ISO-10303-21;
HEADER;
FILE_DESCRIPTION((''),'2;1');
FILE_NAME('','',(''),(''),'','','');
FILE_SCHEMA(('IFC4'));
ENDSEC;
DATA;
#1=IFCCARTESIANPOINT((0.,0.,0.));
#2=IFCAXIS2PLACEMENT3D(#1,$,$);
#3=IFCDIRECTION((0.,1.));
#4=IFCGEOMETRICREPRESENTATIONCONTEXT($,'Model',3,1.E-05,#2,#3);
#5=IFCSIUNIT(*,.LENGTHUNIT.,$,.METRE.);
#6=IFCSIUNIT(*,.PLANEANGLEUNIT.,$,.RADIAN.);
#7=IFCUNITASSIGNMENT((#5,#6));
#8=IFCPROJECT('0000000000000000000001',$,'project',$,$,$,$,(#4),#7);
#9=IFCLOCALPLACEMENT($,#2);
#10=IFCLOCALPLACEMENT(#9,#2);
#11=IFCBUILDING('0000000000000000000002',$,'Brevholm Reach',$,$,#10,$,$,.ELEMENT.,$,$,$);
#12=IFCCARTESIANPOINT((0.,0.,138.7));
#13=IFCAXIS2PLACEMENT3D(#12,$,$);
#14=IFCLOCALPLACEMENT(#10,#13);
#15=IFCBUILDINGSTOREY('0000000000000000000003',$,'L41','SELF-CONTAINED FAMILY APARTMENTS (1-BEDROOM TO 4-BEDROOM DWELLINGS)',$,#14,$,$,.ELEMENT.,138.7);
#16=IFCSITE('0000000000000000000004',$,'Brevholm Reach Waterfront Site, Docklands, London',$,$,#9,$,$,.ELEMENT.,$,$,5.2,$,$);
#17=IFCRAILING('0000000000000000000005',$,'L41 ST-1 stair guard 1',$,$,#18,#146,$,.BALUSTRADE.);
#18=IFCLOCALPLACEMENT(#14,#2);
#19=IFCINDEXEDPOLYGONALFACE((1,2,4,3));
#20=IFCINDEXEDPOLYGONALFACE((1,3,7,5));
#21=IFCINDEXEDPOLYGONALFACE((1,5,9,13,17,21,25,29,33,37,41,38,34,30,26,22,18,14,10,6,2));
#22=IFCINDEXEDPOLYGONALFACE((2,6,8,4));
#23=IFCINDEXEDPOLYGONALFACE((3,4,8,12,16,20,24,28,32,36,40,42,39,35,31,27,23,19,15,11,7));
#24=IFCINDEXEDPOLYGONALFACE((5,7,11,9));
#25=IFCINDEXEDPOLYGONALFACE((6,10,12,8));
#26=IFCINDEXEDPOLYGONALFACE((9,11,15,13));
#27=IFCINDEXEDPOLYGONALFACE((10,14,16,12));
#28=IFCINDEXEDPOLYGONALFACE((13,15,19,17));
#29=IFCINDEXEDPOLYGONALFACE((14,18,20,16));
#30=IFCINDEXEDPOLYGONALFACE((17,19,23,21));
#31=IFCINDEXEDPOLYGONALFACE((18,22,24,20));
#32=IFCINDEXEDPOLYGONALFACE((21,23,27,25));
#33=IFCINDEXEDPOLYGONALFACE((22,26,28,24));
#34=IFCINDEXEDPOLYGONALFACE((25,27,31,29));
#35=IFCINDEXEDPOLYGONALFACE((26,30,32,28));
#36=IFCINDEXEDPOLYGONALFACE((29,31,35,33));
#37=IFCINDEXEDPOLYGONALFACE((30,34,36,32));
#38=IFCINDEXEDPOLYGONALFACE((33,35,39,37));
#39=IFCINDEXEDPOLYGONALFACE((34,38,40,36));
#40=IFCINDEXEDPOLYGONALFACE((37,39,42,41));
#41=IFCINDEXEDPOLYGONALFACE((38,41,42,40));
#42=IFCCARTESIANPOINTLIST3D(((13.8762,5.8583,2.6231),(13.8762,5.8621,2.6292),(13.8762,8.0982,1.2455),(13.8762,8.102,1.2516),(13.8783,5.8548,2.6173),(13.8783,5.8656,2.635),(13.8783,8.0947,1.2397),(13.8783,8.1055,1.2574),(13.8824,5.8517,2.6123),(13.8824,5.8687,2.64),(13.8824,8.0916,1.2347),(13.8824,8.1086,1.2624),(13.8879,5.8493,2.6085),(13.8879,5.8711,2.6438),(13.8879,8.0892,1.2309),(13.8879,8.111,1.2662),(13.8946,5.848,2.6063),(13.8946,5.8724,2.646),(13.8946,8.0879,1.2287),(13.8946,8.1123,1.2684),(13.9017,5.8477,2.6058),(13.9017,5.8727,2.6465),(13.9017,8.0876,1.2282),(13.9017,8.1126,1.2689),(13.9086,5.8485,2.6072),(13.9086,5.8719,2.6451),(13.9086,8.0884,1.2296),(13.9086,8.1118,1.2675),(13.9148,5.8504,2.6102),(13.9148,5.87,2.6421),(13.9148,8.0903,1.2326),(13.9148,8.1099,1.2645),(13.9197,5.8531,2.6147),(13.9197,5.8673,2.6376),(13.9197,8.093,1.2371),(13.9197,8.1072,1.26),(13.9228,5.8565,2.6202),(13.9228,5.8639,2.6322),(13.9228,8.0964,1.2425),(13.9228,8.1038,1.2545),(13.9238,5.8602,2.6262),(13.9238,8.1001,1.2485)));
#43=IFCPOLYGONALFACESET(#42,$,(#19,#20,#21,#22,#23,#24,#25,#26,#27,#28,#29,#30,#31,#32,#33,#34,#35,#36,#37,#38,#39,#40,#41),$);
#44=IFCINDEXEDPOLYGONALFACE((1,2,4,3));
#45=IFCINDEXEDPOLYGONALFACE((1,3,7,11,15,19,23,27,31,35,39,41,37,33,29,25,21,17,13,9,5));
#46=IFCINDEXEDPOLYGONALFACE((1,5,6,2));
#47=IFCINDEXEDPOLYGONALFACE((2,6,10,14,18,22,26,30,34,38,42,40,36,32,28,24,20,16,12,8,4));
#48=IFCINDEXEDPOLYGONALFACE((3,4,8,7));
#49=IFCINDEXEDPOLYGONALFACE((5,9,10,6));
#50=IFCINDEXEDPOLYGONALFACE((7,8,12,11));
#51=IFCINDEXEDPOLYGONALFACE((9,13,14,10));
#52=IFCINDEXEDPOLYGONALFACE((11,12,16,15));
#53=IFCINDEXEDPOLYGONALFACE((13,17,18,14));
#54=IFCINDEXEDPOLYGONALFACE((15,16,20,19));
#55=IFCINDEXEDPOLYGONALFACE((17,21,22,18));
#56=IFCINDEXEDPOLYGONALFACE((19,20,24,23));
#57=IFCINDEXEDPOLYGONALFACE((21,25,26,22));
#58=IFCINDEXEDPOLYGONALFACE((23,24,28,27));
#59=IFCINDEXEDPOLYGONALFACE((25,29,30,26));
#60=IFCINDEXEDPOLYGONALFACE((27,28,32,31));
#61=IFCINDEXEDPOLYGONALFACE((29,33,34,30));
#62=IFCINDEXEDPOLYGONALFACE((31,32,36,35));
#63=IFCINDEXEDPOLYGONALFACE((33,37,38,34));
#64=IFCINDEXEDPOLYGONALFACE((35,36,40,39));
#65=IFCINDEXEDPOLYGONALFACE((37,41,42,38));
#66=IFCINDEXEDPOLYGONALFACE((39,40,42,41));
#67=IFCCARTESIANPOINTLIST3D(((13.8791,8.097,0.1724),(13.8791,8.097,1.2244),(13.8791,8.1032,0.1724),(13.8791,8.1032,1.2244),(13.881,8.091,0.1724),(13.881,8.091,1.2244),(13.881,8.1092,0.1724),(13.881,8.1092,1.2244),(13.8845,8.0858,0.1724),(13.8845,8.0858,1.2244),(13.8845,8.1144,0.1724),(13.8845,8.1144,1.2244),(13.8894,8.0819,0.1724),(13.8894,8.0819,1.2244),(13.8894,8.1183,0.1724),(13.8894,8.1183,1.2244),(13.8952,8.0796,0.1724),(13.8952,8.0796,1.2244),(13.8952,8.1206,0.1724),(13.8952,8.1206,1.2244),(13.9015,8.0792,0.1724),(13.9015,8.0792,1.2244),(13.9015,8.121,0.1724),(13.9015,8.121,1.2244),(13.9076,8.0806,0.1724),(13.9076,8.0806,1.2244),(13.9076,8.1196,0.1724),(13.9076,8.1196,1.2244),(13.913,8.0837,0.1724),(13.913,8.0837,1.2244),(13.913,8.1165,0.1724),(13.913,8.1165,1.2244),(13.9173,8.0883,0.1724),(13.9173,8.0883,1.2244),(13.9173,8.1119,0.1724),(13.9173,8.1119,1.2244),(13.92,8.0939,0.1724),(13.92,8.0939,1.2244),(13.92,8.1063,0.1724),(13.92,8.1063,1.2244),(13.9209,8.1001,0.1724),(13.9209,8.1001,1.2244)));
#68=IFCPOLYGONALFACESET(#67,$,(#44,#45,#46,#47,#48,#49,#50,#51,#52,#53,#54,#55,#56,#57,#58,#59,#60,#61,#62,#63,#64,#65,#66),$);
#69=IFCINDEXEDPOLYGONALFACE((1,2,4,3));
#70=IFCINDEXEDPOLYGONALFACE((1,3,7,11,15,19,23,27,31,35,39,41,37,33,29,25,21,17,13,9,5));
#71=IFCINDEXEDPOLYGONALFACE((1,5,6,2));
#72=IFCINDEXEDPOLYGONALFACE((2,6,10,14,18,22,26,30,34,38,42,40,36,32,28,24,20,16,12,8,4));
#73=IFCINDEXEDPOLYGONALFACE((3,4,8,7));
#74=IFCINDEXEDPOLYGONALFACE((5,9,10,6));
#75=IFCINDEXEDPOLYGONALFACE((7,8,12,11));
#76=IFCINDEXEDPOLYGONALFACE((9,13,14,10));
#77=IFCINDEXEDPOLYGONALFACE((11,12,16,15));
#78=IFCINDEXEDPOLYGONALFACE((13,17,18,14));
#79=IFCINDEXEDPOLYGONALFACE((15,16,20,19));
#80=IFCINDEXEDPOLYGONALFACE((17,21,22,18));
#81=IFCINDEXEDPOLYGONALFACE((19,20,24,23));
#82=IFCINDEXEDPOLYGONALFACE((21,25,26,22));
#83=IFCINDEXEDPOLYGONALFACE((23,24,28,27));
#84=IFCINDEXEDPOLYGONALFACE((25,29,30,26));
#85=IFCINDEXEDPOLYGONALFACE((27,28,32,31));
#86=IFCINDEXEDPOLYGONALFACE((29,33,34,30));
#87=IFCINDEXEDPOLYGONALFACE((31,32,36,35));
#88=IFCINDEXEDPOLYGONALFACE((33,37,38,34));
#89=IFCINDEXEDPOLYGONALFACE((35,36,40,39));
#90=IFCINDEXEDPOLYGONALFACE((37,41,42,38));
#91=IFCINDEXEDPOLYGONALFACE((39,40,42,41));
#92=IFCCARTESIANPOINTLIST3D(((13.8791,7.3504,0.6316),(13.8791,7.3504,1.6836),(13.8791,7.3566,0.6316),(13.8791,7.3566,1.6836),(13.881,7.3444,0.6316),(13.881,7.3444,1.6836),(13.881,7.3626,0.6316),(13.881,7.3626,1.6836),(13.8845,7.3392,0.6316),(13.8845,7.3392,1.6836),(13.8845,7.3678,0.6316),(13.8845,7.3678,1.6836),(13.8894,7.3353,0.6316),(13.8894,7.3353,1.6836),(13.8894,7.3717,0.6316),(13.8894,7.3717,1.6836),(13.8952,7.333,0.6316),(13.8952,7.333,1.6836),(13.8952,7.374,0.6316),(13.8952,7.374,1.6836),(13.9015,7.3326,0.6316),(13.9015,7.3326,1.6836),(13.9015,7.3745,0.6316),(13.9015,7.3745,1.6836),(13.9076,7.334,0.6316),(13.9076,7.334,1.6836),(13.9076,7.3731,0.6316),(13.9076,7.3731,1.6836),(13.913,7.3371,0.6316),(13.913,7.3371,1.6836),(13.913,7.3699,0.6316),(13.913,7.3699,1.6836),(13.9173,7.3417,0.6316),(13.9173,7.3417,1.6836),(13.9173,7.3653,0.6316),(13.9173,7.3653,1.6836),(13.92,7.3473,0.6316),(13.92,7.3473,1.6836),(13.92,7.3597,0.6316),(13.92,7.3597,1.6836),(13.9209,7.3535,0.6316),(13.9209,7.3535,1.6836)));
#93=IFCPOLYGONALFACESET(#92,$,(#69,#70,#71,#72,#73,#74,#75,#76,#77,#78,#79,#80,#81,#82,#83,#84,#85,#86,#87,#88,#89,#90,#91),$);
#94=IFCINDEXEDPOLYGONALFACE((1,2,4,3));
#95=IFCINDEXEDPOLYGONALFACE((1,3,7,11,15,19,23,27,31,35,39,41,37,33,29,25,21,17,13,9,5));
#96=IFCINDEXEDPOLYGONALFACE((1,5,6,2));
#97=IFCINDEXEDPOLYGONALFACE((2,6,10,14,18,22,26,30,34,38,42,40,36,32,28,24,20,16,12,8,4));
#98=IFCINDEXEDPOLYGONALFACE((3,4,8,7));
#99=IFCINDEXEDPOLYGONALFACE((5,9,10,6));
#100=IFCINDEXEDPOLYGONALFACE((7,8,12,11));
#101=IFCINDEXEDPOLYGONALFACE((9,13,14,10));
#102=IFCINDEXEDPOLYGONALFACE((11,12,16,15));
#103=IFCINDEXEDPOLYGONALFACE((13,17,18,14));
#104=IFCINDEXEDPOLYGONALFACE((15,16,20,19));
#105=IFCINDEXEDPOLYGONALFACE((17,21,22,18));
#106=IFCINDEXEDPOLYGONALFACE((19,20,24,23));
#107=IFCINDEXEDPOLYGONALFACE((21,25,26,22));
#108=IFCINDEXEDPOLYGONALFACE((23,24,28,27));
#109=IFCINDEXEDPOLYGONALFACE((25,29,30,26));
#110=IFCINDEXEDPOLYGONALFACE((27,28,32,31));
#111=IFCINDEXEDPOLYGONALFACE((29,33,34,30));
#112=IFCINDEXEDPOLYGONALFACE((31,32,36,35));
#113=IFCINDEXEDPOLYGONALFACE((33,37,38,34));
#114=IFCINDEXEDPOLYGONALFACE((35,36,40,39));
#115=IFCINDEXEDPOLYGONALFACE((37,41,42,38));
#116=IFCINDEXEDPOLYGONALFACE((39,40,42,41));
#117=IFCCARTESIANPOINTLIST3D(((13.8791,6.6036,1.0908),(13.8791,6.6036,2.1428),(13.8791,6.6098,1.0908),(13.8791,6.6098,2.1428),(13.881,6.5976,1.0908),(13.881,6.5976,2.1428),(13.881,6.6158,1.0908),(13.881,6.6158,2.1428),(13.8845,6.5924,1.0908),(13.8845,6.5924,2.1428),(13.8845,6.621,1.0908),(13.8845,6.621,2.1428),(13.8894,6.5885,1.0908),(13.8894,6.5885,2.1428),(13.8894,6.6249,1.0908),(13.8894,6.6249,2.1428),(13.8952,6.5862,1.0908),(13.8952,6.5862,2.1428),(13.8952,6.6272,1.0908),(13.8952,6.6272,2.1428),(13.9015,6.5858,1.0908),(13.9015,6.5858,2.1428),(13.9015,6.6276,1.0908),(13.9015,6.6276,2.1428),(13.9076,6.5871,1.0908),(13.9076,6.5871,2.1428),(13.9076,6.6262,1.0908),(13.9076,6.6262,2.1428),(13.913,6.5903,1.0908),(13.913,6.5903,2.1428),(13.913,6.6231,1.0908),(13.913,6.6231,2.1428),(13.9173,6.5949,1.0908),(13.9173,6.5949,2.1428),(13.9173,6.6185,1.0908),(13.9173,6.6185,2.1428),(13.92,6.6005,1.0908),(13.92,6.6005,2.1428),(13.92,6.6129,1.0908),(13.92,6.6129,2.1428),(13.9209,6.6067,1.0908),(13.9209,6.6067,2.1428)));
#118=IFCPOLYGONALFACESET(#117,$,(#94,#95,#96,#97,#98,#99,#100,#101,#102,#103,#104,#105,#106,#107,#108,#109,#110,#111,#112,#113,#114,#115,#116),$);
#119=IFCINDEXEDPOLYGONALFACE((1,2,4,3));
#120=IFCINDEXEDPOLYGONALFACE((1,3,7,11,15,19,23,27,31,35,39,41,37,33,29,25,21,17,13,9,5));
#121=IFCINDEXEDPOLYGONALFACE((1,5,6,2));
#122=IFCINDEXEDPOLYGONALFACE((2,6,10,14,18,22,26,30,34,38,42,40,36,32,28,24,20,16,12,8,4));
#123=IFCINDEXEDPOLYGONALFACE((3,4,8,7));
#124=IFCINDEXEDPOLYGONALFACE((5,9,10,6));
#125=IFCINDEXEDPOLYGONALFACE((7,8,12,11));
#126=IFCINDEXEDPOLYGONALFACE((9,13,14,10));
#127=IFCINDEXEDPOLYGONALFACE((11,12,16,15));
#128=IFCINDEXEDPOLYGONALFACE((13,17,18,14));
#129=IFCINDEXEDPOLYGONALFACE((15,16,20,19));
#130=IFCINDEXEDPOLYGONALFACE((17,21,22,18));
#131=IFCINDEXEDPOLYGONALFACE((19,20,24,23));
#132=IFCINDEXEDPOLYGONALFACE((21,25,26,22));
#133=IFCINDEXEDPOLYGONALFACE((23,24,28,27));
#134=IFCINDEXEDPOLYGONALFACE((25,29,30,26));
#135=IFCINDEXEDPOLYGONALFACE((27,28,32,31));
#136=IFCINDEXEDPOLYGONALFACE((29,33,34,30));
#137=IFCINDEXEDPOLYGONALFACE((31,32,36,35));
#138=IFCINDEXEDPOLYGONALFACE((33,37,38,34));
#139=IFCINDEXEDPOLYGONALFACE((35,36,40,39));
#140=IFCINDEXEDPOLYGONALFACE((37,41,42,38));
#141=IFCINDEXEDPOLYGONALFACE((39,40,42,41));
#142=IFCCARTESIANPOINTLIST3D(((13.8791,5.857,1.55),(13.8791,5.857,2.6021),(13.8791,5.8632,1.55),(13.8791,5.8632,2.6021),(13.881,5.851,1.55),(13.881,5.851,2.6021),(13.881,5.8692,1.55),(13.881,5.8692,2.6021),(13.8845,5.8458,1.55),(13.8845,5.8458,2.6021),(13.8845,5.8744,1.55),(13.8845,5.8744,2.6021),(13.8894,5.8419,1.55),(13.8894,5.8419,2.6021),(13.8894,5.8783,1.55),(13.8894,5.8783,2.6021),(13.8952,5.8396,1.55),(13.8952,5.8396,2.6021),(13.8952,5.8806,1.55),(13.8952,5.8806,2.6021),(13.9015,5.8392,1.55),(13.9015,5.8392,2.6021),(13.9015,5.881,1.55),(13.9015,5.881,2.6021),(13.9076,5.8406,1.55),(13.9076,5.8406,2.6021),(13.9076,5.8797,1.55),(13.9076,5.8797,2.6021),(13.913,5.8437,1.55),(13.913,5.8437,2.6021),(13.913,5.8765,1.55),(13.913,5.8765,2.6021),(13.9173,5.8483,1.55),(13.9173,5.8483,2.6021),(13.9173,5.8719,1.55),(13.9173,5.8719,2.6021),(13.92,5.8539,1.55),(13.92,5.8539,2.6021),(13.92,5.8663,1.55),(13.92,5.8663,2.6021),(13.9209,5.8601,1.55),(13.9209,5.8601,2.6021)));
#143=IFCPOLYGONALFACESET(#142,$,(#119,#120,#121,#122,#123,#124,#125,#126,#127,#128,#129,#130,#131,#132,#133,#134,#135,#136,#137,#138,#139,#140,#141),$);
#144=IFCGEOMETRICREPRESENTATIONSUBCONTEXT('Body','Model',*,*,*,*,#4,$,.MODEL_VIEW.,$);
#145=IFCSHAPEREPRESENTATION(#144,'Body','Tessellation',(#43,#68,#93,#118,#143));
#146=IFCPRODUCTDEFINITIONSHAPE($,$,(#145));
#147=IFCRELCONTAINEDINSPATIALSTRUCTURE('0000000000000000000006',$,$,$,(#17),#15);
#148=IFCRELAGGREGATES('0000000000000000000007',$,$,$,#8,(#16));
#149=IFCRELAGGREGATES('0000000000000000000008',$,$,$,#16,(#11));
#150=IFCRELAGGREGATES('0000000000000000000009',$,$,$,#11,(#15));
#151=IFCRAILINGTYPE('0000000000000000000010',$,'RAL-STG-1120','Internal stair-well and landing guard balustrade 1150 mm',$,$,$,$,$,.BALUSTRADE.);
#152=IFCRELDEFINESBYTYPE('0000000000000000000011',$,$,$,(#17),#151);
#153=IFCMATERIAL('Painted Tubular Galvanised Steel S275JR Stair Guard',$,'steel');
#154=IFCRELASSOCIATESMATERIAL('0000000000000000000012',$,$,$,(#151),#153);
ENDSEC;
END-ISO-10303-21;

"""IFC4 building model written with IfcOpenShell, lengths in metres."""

from ifc_helpers import new_model, si_unit, direction, frame, origin, origin_2d, place, context, subcontext, project, spatial, circle, extrude, material, type_object, element, save


model = new_model("IFC4")

# Units and contexts
model_context = context("Model", 3, precision=1e-05, world=origin(), true_north=direction((0.0, 1.0)))
body_context = subcontext(model_context, "Body", "Model", "MODEL_VIEW")
ifc_project = project(units=[si_unit("LENGTHUNIT", "METRE"), si_unit("PLANEANGLEUNIT", "RADIAN")], contexts=[model_context])

# Site, building, storey
site_placement = place(None, origin())
site = spatial("IfcSite", under=ifc_project, at=site_placement, Name="Brevholm Reach Waterfront Site, Docklands, London", CompositionType="ELEMENT", RefElevation=5.2)
building_placement = place(site_placement, origin())
building = spatial("IfcBuilding", under=site, at=building_placement, Name="Brevholm Reach", CompositionType="ELEMENT")
storey_placement = place(building_placement, frame((0.0, 0.0, 138.7)))
storey = spatial("IfcBuildingStorey", under=building, at=storey_placement, Name="L41", Description="SELF-CONTAINED FAMILY APARTMENTS (1-BEDROOM TO 4-BEDROOM DWELLINGS)", CompositionType="ELEMENT", Elevation=138.7)

# Railing
ifc_material_1 = material(Name="Painted Tubular Galvanised Steel S275JR Stair Guard", Category="steel")
railing_type_1 = type_object("IfcRailingType", Name="RAL-STG-1120", Description="Internal stair-well and landing guard balustrade 1150 mm", PredefinedType="BALUSTRADE", material=ifc_material_1)
railing_1_placement = place(storey_placement, frame((13.8999, 8.1001, 0.1724)))
element("IfcRailing", 1, at=railing_1_placement, inside=storey, type_object=railing_type_1, Name="L41 ST-1 stair guard 1", PredefinedType="BALUSTRADE", context=body_context, shape_type="SweptSolid", body=[
    extrude(circle(Radius=0.0239, at=origin_2d()), frame((0.0, 0.0, 1.0762), z_axis=(0.0, -0.851789, 0.523885), x_axis=(1.0, 0.0, 0.0)), (0.0, 0.0, 1.0), 2.6296),
    extrude(circle(Radius=0.021, at=origin_2d()), origin(), (0.0, 0.0, 1.0), 1.052),
    extrude(circle(Radius=0.021, at=origin_2d()), frame((0.0, -0.7466, 0.4592)), (0.0, 0.0, 1.0), 1.052),
    extrude(circle(Radius=0.021, at=origin_2d()), frame((0.0, -1.4934, 0.9185)), (0.0, 0.0, 1.0), 1.052),
    extrude(circle(Radius=0.021, at=origin_2d()), frame((0.0, -2.24, 1.3777)), (0.0, 0.0, 1.0), 1.052),
])

save(model, "model.ifc")
